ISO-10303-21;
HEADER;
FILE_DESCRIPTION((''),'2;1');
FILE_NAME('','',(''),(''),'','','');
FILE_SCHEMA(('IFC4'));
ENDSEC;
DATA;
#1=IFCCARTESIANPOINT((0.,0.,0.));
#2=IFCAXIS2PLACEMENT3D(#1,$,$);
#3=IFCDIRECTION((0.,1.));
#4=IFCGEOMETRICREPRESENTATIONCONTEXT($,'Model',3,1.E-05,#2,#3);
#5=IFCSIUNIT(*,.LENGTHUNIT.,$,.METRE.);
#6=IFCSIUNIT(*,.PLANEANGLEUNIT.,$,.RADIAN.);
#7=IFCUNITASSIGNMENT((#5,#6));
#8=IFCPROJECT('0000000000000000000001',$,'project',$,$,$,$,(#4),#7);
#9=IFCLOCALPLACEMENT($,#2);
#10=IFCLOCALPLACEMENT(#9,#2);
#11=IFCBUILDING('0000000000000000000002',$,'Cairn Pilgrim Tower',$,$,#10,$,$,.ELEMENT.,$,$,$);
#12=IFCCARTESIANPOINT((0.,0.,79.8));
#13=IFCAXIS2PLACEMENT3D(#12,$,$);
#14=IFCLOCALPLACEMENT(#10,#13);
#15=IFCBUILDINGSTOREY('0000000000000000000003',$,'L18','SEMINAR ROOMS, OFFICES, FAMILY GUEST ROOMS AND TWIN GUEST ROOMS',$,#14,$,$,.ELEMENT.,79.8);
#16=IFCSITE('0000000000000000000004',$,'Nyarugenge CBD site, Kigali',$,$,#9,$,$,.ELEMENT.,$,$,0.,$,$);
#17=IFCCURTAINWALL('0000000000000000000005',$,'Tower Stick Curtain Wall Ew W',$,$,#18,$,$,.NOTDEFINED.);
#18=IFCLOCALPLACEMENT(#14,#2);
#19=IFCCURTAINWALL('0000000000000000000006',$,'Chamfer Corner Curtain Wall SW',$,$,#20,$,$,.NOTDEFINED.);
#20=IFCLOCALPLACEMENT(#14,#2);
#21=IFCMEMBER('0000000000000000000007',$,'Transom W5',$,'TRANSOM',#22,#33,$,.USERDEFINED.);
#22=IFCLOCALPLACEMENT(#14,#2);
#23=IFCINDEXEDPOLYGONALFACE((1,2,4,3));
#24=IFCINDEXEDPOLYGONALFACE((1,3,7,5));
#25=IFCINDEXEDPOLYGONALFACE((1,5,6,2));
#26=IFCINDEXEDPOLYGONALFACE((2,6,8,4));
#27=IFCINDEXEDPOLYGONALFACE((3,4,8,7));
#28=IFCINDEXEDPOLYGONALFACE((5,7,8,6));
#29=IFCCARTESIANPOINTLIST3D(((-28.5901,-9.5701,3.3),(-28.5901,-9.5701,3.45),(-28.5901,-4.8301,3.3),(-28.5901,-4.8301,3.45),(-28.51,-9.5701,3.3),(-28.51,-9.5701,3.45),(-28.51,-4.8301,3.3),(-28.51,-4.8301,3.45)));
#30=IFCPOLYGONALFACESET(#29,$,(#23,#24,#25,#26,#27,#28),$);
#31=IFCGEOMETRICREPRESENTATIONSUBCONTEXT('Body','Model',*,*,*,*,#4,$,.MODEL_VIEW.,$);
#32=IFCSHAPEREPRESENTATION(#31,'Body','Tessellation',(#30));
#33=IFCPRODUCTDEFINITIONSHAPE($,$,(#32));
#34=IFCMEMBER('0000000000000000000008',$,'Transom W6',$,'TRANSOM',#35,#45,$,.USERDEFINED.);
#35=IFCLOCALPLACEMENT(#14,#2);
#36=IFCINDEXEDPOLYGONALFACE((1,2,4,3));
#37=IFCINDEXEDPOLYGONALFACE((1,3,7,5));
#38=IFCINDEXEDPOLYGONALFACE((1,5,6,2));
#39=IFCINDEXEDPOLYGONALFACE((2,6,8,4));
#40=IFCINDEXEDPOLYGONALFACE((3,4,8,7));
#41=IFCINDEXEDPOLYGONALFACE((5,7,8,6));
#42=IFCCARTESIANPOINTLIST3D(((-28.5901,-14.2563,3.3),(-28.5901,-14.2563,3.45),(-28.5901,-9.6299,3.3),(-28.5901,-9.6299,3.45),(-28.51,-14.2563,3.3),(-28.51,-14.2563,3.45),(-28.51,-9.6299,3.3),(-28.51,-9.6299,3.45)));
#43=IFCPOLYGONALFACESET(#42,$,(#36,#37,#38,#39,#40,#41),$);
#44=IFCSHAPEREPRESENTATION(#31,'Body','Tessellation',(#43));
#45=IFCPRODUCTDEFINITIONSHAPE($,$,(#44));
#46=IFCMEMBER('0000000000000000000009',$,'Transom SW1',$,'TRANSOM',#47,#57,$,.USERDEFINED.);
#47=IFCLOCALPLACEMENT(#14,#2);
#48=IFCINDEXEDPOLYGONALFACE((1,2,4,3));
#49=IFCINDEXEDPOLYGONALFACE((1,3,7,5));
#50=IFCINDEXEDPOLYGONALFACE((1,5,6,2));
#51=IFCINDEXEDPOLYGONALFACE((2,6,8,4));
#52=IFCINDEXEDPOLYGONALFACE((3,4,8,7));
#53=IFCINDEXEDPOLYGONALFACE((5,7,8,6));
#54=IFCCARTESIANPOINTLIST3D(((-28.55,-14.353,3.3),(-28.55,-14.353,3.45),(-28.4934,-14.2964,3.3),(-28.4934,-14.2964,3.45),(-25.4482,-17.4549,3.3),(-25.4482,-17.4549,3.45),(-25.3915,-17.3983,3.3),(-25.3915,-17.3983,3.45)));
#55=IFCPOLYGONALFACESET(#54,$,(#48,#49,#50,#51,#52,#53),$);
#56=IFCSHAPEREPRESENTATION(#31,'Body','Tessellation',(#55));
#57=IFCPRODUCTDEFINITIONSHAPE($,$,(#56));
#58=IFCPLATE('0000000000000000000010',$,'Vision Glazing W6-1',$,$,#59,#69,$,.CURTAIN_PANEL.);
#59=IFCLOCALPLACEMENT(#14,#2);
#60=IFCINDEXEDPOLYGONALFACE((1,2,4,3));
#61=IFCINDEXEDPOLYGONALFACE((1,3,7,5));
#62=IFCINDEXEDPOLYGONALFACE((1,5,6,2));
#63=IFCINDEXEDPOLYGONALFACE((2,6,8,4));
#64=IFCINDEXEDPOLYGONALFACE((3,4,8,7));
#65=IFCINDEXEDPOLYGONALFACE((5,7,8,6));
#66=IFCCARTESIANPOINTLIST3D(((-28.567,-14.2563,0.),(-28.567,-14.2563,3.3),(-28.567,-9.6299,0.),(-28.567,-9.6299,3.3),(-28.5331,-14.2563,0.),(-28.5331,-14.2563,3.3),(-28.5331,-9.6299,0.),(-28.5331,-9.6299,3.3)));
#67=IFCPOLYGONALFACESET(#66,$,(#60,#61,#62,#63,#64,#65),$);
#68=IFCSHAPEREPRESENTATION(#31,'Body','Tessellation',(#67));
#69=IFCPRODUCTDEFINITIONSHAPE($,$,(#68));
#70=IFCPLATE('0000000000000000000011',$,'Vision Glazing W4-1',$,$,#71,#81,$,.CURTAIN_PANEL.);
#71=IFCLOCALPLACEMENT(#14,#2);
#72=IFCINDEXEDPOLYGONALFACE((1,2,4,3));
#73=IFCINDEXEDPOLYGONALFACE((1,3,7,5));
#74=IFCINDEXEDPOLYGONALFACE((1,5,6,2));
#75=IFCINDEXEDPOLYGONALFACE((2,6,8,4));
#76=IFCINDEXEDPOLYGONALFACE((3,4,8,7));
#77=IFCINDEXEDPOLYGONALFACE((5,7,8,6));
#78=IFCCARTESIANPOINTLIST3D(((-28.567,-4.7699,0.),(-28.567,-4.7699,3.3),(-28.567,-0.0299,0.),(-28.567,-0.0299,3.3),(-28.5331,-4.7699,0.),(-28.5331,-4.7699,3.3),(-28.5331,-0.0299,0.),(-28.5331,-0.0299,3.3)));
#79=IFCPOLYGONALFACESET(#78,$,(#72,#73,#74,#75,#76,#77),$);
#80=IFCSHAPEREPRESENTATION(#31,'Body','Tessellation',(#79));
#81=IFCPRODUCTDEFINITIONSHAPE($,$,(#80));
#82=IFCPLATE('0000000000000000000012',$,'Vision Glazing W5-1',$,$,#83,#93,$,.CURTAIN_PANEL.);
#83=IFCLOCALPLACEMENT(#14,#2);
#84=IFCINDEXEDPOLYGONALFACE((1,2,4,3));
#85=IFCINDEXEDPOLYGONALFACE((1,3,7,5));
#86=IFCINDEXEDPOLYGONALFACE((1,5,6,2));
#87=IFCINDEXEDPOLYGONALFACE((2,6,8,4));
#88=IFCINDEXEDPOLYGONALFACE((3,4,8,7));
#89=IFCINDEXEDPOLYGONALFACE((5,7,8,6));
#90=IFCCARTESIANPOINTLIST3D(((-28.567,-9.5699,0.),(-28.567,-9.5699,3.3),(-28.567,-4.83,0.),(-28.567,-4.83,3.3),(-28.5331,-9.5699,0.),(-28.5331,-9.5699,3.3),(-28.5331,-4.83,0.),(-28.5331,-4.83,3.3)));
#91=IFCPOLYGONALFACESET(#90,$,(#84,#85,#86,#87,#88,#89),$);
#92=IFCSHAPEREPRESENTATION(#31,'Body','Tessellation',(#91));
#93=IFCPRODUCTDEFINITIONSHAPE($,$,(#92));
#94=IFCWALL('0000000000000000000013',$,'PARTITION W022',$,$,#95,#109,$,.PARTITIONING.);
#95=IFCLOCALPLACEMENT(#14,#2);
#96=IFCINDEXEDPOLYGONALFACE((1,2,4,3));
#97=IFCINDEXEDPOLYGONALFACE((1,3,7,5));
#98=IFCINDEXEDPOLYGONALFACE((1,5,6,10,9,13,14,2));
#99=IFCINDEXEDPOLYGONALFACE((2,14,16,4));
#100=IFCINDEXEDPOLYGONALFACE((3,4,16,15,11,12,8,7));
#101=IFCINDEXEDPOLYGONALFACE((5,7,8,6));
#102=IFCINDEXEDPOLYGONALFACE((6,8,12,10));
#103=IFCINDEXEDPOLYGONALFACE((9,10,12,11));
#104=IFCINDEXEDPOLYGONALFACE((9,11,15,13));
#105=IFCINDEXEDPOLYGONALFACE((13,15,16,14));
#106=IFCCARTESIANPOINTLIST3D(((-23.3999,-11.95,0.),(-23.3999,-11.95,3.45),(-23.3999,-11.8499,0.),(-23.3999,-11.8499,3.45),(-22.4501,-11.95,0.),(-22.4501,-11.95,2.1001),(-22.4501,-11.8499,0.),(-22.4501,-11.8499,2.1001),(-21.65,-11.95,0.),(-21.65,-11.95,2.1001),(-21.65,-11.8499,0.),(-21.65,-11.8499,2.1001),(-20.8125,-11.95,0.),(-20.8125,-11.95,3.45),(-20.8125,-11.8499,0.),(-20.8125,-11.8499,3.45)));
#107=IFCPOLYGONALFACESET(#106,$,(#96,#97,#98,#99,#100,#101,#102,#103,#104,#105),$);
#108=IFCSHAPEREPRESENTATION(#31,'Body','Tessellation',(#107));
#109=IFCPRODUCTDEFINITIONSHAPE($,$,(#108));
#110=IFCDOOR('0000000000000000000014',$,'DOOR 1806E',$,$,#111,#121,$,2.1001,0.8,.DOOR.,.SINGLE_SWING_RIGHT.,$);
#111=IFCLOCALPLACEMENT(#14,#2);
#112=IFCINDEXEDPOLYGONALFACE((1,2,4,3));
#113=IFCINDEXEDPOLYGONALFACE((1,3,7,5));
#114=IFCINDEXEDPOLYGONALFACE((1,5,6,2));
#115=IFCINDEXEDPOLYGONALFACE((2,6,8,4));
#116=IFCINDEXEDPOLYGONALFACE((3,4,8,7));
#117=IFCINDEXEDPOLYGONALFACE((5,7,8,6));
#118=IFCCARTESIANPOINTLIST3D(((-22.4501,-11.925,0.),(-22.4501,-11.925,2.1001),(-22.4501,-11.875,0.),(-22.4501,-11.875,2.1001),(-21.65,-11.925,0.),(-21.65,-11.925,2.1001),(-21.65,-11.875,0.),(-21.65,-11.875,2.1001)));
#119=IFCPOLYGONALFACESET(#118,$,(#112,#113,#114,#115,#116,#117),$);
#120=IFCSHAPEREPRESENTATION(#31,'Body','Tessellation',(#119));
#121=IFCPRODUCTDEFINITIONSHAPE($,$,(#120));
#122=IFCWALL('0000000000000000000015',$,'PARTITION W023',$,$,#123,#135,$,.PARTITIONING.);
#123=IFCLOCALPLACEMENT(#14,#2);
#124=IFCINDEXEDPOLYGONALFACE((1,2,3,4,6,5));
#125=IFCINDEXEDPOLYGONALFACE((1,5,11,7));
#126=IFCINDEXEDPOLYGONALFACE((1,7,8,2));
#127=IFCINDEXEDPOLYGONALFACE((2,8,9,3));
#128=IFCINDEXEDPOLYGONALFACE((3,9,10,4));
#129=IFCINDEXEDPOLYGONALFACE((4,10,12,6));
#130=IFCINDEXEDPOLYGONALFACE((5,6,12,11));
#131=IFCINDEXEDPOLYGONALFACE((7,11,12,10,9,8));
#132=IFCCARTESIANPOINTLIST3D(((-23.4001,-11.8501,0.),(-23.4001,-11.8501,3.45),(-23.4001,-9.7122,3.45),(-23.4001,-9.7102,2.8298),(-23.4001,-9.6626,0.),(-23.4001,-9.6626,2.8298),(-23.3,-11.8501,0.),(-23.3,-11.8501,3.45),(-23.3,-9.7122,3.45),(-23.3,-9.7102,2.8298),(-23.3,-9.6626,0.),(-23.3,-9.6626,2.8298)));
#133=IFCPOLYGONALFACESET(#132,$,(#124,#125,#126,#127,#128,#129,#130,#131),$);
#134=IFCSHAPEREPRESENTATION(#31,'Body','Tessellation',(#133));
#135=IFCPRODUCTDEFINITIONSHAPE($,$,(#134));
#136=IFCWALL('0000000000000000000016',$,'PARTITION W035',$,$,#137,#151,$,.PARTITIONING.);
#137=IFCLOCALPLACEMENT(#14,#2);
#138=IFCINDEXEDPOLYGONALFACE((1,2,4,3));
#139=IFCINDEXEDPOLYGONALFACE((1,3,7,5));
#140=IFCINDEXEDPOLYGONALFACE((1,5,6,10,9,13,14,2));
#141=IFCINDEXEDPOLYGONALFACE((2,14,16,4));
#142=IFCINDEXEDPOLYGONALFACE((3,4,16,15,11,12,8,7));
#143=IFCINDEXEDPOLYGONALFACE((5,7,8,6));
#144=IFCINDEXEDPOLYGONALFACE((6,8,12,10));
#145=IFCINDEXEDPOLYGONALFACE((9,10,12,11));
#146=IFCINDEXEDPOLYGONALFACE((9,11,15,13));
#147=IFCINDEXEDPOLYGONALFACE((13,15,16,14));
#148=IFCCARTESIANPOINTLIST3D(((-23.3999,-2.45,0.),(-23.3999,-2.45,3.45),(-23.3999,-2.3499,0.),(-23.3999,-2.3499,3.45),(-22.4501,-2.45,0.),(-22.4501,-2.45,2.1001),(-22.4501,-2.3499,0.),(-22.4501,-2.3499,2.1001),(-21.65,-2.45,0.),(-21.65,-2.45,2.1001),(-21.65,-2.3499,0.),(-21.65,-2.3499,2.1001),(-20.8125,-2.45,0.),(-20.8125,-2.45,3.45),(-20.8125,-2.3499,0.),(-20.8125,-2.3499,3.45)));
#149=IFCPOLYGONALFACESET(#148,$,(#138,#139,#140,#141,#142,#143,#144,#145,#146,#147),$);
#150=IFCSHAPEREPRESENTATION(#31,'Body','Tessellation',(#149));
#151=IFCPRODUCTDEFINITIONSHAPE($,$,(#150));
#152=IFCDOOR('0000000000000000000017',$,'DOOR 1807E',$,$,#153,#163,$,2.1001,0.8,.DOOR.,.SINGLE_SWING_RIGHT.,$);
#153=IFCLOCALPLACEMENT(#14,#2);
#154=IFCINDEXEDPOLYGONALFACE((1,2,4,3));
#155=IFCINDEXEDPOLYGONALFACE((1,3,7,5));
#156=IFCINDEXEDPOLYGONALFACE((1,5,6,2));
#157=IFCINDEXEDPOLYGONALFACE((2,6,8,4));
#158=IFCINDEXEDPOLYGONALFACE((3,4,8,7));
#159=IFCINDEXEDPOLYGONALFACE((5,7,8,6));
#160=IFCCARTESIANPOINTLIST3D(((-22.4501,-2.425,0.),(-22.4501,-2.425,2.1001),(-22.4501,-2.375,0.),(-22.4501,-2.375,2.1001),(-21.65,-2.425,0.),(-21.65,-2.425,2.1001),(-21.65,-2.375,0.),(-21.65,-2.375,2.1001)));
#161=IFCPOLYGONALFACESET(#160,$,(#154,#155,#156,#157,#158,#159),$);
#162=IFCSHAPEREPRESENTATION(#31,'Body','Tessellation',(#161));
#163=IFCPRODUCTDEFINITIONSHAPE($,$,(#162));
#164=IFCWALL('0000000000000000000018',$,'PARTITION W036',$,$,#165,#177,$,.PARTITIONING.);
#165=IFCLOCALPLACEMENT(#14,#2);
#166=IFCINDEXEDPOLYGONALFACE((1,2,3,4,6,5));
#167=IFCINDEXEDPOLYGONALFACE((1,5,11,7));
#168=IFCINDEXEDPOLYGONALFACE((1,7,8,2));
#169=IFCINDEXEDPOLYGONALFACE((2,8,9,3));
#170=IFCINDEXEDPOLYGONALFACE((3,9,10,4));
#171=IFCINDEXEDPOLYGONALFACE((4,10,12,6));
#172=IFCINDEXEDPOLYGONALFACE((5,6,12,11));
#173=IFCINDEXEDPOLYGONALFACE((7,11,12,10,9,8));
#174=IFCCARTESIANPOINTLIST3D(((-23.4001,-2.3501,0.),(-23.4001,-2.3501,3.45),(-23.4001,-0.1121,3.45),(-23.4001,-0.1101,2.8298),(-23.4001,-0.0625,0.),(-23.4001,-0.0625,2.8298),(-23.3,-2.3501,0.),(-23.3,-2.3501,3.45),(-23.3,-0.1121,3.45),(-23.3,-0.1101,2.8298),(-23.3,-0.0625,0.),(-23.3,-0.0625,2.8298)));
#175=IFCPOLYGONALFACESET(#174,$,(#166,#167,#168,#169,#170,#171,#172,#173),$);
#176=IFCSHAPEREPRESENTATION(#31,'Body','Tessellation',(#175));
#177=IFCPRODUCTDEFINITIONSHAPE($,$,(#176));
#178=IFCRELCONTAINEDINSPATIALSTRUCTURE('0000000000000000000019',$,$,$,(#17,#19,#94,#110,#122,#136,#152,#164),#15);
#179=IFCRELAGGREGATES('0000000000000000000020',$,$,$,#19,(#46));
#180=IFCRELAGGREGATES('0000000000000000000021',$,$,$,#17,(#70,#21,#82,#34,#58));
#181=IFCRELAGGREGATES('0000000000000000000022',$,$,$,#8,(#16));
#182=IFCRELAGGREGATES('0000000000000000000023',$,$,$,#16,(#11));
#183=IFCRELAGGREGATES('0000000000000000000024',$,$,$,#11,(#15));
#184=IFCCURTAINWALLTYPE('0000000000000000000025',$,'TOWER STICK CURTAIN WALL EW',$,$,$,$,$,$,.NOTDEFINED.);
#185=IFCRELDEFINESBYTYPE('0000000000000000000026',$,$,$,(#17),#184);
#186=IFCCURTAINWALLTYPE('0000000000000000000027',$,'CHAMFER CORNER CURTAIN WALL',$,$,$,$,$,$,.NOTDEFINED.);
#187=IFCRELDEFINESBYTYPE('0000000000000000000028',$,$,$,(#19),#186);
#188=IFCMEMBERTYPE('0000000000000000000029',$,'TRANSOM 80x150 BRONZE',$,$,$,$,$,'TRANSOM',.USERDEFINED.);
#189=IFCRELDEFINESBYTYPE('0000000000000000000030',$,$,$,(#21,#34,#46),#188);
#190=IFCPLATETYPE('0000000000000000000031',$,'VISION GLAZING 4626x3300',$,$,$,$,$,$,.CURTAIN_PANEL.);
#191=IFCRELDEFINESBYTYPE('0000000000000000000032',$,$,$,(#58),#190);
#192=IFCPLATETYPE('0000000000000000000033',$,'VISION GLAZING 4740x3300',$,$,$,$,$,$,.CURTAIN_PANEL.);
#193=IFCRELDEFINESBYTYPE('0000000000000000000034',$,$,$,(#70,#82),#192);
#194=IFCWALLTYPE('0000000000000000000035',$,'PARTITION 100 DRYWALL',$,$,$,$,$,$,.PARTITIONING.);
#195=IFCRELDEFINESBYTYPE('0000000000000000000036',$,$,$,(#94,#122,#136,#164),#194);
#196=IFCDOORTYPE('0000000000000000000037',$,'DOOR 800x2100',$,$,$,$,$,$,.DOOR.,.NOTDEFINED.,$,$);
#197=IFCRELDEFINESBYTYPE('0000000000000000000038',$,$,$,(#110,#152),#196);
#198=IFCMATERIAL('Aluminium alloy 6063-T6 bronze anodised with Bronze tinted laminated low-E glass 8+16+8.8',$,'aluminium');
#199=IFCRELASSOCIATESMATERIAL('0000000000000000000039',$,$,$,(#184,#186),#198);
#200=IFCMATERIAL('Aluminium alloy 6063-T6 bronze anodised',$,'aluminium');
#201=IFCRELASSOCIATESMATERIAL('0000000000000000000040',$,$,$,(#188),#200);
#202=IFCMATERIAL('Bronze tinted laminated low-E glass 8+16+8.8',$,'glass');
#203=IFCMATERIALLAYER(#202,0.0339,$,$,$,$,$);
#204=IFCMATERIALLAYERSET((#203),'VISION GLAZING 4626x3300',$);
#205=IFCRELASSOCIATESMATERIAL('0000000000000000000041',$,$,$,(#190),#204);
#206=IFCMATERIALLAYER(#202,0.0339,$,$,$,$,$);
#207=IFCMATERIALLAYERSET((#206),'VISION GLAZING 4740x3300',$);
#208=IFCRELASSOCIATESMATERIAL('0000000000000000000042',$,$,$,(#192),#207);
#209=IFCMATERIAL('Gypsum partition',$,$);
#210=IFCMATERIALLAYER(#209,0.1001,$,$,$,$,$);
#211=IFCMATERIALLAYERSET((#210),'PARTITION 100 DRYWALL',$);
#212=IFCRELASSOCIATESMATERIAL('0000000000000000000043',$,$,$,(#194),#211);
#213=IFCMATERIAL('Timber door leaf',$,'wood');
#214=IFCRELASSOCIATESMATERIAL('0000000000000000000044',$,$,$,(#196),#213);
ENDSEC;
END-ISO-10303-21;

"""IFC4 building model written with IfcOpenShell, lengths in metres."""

from ifc_helpers import new_model, si_unit, direction, frame, frame_2d, origin, origin_2d, place, context, subcontext, project, spatial, polyline, rectangle, outline, extrude, material, layer, layer_set, material_profile, profile_set, type_object, element, fill, aggregate, save


model = new_model("IFC4")

# Units and contexts
model_context = context("Model", 3, precision=1e-05, world=origin(), true_north=direction((0.0, 1.0)))
body_context = subcontext(model_context, "Body", "Model", "MODEL_VIEW")
ifc_project = project(units=[si_unit("LENGTHUNIT", "METRE"), si_unit("PLANEANGLEUNIT", "RADIAN")], contexts=[model_context])

# Site, building, storey
site_placement = place(None, origin())
site = spatial("IfcSite", under=ifc_project, at=site_placement, Name="Nyarugenge CBD site, Kigali", CompositionType="ELEMENT", RefElevation=0.0)
building_placement = place(site_placement, origin())
building = spatial("IfcBuilding", under=site, at=building_placement, Name="Cairn Pilgrim Tower", CompositionType="ELEMENT")
storey_placement = place(building_placement, frame((0.0, 0.0, 79.8)))
storey = spatial("IfcBuildingStorey", under=building, at=storey_placement, Name="L18", Description="SEMINAR ROOMS, OFFICES, FAMILY GUEST ROOMS AND TWIN GUEST ROOMS", CompositionType="ELEMENT", Elevation=79.8)

# Curtain wall
ifc_material_1 = material(Name="Aluminium alloy 6063-T6 bronze anodised with Bronze tinted laminated low-E glass 8+16+8.8", Category="aluminium")
curtain_wall_type_1 = type_object("IfcCurtainWallType", Name="TOWER STICK CURTAIN WALL EW", PredefinedType="NOTDEFINED", material=ifc_material_1)
curtain_wall_1_placement = place(storey_placement, origin())
curtain_wall_1 = element("IfcCurtainWall", 1, at=curtain_wall_1_placement, inside=storey, type_object=curtain_wall_type_1, Name="Tower Stick Curtain Wall Ew W", PredefinedType="NOTDEFINED")
ifc_material_2 = material(Name="Aluminium alloy 6063-T6 bronze anodised", Category="aluminium")

# Curtain wall
curtain_wall_type_2 = type_object("IfcCurtainWallType", Name="CHAMFER CORNER CURTAIN WALL", PredefinedType="NOTDEFINED", material=ifc_material_1)
curtain_wall_2_placement = place(storey_placement, origin())
curtain_wall_2 = element("IfcCurtainWall", 2, at=curtain_wall_2_placement, inside=storey, type_object=curtain_wall_type_2, Name="Chamfer Corner Curtain Wall SW", PredefinedType="NOTDEFINED")

# Members
ifc_material_profile_1 = material_profile(ifc_material_2, rectangle(XDim=0.0801, YDim=0.1499, at=origin_2d()), Name="TRANSOM 80x150 BRONZE")
ifc_profile_set_1 = profile_set([ifc_material_profile_1], Name="Aluminium alloy 6063-T6 bronze anodised")
member_type_1 = type_object("IfcMemberType", Name="TRANSOM 80x150 BRONZE", ElementType="TRANSOM", PredefinedType="USERDEFINED", material=ifc_profile_set_1)
member_1_placement = place(storey_placement, frame((-28.55, -4.8301, 3.375), z_axis=(0.0, -1.0, 0.0), x_axis=(1.0, 0.0, 0.0)))
member_1 = element("IfcMember", 3, at=member_1_placement, type_object=member_type_1, Name="Transom W5", ObjectType="TRANSOM", PredefinedType="USERDEFINED", context=body_context, shape_type="SweptSolid", body=[
    extrude(rectangle(XDim=0.0801, YDim=0.1499, at=origin_2d()), origin(), (0.0, 0.0, 1.0), 4.74),
])
member_2_placement = place(storey_placement, frame((-28.55, -9.6299, 3.375), z_axis=(0.0, -1.0, 0.0), x_axis=(1.0, 0.0, 0.0)))
member_2 = element("IfcMember", 4, at=member_2_placement, type_object=member_type_1, Name="Transom W6", ObjectType="TRANSOM", PredefinedType="USERDEFINED", context=body_context, shape_type="SweptSolid", body=[
    extrude(rectangle(XDim=0.0801, YDim=0.1499, at=origin_2d()), origin(), (0.0, 0.0, 1.0), 4.6265),
])
member_3_placement = place(storey_placement, frame((-28.5217, -14.3247, 3.375), z_axis=(0.707107, -0.707107, 0.0), x_axis=(0.707107, 0.707107, 0.0)))
member_3 = element("IfcMember", 5, at=member_3_placement, type_object=member_type_1, Name="Transom SW1", ObjectType="TRANSOM", PredefinedType="USERDEFINED", context=body_context, shape_type="SweptSolid", body=[
    extrude(rectangle(XDim=0.0801, YDim=0.1499, at=origin_2d()), origin(), (0.0, 0.0, 1.0), 4.3867),
])
aggregate(curtain_wall_2, [member_3])

# Plates
ifc_material_3 = material(Name="Bronze tinted laminated low-E glass 8+16+8.8", Category="glass")
ifc_layer_1 = layer(ifc_material_3, 0.0339)
ifc_layer_set_1 = layer_set([ifc_layer_1], Name="VISION GLAZING 4626x3300")
plate_type_1 = type_object("IfcPlateType", Name="VISION GLAZING 4626x3300", PredefinedType="CURTAIN_PANEL", material=ifc_layer_set_1)
plate_1_placement = place(storey_placement, frame((-28.55, -11.9431, 0.0), z_axis=(0.0, 0.0, 1.0), x_axis=(0.0, -1.0, 0.0)))
plate_1 = element("IfcPlate", 6, at=plate_1_placement, type_object=plate_type_1, Name="Vision Glazing W6-1", PredefinedType="CURTAIN_PANEL", context=body_context, shape_type="SweptSolid", body=[
    extrude(rectangle(XDim=4.6265, YDim=0.0339, at=origin_2d()), origin(), (0.0, 0.0, 1.0), 3.3),
])
ifc_layer_2 = layer(ifc_material_3, 0.0339)
ifc_layer_set_2 = layer_set([ifc_layer_2], Name="VISION GLAZING 4740x3300")
plate_type_2 = type_object("IfcPlateType", Name="VISION GLAZING 4740x3300", PredefinedType="CURTAIN_PANEL", material=ifc_layer_set_2)
plate_2_placement = place(storey_placement, frame((-28.55, -2.3999, 0.0), z_axis=(0.0, 0.0, 1.0), x_axis=(0.0, -1.0, 0.0)))
plate_2 = element("IfcPlate", 7, at=plate_2_placement, type_object=plate_type_2, Name="Vision Glazing W4-1", PredefinedType="CURTAIN_PANEL", context=body_context, shape_type="SweptSolid", body=[
    extrude(rectangle(XDim=4.74, YDim=0.0339, at=origin_2d()), origin(), (0.0, 0.0, 1.0), 3.3),
])
plate_3_placement = place(storey_placement, frame((-28.55, -7.2, 0.0), z_axis=(0.0, 0.0, 1.0), x_axis=(0.0, -1.0, 0.0)))
plate_3 = element("IfcPlate", 8, at=plate_3_placement, type_object=plate_type_2, Name="Vision Glazing W5-1", PredefinedType="CURTAIN_PANEL", context=body_context, shape_type="SweptSolid", body=[
    extrude(rectangle(XDim=4.74, YDim=0.0339, at=origin_2d()), origin(), (0.0, 0.0, 1.0), 3.3),
])
aggregate(curtain_wall_1, [plate_2, member_1, plate_3, member_2, plate_1])

# Wall, opening, door
ifc_material_4 = material(Name="Gypsum partition")
ifc_layer_3 = layer(ifc_material_4, 0.1001)
ifc_layer_set_3 = layer_set([ifc_layer_3], Name="PARTITION 100 DRYWALL")
wall_type_1 = type_object("IfcWallType", Name="PARTITION 100 DRYWALL", PredefinedType="PARTITIONING", material=ifc_layer_set_3)
wall_1_placement = place(storey_placement, frame((-23.3999, -11.8999, 0.0), z_axis=(0.0, 0.0, 1.0), x_axis=(1.0, 0.0, 0.0)))
wall_1 = element("IfcWall", 9, at=wall_1_placement, inside=storey, type_object=wall_type_1, Name="PARTITION W022", PredefinedType="PARTITIONING", context=body_context, shape_type="SweptSolid", body=[
    extrude(rectangle(XDim=2.5874, YDim=0.1001, at=frame_2d((1.2937, 0.0))), origin(), (0.0, 0.0, 1.0), 3.45),
])
opening_1_placement = place(wall_1_placement, frame((0.95, 0.0, 0.0)))
opening_1 = element("IfcOpeningElement", 10, at=opening_1_placement, cuts=wall_1, PredefinedType="OPENING", context=body_context, shape_type="SweptSolid", body=[
    extrude(rectangle(XDim=0.8, YDim=2.1001, at=frame_2d((0.3999, 1.05))), frame((0.0, 0.0601, 0.0), z_axis=(0.0, -1.0, 0.0), x_axis=(1.0, 0.0, 0.0)), (0.0, 0.0, 1.0), 0.1201),
])
ifc_material_5 = material(Name="Timber door leaf", Category="wood")
door_type = type_object("IfcDoorType", Name="DOOR 800x2100", OperationType="NOTDEFINED", PredefinedType="DOOR", material=ifc_material_5)
door_1_placement = place(opening_1_placement, origin())
door_1 = element("IfcDoor", 11, at=door_1_placement, inside=storey, type_object=door_type, Name="DOOR 1806E", OperationType="SINGLE_SWING_RIGHT", OverallHeight=2.1001, OverallWidth=0.8, PredefinedType="DOOR", context=body_context, shape_type="SweptSolid", body=[
    extrude(rectangle(XDim=0.8, YDim=2.1001, at=frame_2d((0.3999, 1.05))), frame((0.0, 0.0249, 0.0), z_axis=(0.0, -1.0, 0.0), x_axis=(1.0, 0.0, 0.0)), (0.0, 0.0, 1.0), 0.05),
])
fill(opening_1, door_1)

# Wall
wall_2_placement = place(storey_placement, frame((-23.3501, -11.8501, 0.0), z_axis=(0.0, 0.0, 1.0), x_axis=(0.0, 1.0, 0.0)))
element("IfcWall", 12, at=wall_2_placement, inside=storey, type_object=wall_type_1, Name="PARTITION W023", PredefinedType="PARTITIONING", context=body_context, shape_type="SweptSolid", body=[
    extrude(outline(polyline([(0.0, 0.0), (2.1875, 0.0), (2.1875, 2.8298), (2.1399, 2.8298), (2.1379, 3.45), (0.0, 3.45), (0.0, 0.0)])), frame((0.0, 0.05, 0.0), z_axis=(0.0, -1.0, 0.0), x_axis=(1.0, 0.0, 0.0)), (0.0, 0.0, 1.0), 0.1001),
])

# Wall, opening, door
wall_3_placement = place(storey_placement, frame((-23.3999, -2.3999, 0.0), z_axis=(0.0, 0.0, 1.0), x_axis=(1.0, 0.0, 0.0)))
wall_3 = element("IfcWall", 13, at=wall_3_placement, inside=storey, type_object=wall_type_1, Name="PARTITION W035", PredefinedType="PARTITIONING", context=body_context, shape_type="SweptSolid", body=[
    extrude(rectangle(XDim=2.5874, YDim=0.1001, at=frame_2d((1.2937, 0.0))), origin(), (0.0, 0.0, 1.0), 3.45),
])
opening_2_placement = place(wall_3_placement, frame((0.95, 0.0, 0.0)))
opening_2 = element("IfcOpeningElement", 14, at=opening_2_placement, cuts=wall_3, PredefinedType="OPENING", context=body_context, shape_type="SweptSolid", body=[
    extrude(rectangle(XDim=0.8, YDim=2.1001, at=frame_2d((0.3999, 1.05))), frame((0.0, 0.0601, 0.0), z_axis=(0.0, -1.0, 0.0), x_axis=(1.0, 0.0, 0.0)), (0.0, 0.0, 1.0), 0.1201),
])
door_2_placement = place(opening_2_placement, origin())
door_2 = element("IfcDoor", 15, at=door_2_placement, inside=storey, type_object=door_type, Name="DOOR 1807E", OperationType="SINGLE_SWING_RIGHT", OverallHeight=2.1001, OverallWidth=0.8, PredefinedType="DOOR", context=body_context, shape_type="SweptSolid", body=[
    extrude(rectangle(XDim=0.8, YDim=2.1001, at=frame_2d((0.3999, 1.05))), frame((0.0, 0.0249, 0.0), z_axis=(0.0, -1.0, 0.0), x_axis=(1.0, 0.0, 0.0)), (0.0, 0.0, 1.0), 0.05),
])
fill(opening_2, door_2)

# Wall
wall_4_placement = place(storey_placement, frame((-23.3501, -2.3501, 0.0), z_axis=(0.0, 0.0, 1.0), x_axis=(0.0, 1.0, 0.0)))
element("IfcWall", 16, at=wall_4_placement, inside=storey, type_object=wall_type_1, Name="PARTITION W036", PredefinedType="PARTITIONING", context=body_context, shape_type="SweptSolid", body=[
    extrude(outline(polyline([(0.0, 0.0), (2.2876, 0.0), (2.2876, 2.8298), (2.24, 2.8298), (2.238, 3.45), (0.0, 3.45), (0.0, 0.0)])), frame((0.0, 0.05, 0.0), z_axis=(0.0, -1.0, 0.0), x_axis=(1.0, 0.0, 0.0)), (0.0, 0.0, 1.0), 0.1001),
])

save(model, "model.ifc")
